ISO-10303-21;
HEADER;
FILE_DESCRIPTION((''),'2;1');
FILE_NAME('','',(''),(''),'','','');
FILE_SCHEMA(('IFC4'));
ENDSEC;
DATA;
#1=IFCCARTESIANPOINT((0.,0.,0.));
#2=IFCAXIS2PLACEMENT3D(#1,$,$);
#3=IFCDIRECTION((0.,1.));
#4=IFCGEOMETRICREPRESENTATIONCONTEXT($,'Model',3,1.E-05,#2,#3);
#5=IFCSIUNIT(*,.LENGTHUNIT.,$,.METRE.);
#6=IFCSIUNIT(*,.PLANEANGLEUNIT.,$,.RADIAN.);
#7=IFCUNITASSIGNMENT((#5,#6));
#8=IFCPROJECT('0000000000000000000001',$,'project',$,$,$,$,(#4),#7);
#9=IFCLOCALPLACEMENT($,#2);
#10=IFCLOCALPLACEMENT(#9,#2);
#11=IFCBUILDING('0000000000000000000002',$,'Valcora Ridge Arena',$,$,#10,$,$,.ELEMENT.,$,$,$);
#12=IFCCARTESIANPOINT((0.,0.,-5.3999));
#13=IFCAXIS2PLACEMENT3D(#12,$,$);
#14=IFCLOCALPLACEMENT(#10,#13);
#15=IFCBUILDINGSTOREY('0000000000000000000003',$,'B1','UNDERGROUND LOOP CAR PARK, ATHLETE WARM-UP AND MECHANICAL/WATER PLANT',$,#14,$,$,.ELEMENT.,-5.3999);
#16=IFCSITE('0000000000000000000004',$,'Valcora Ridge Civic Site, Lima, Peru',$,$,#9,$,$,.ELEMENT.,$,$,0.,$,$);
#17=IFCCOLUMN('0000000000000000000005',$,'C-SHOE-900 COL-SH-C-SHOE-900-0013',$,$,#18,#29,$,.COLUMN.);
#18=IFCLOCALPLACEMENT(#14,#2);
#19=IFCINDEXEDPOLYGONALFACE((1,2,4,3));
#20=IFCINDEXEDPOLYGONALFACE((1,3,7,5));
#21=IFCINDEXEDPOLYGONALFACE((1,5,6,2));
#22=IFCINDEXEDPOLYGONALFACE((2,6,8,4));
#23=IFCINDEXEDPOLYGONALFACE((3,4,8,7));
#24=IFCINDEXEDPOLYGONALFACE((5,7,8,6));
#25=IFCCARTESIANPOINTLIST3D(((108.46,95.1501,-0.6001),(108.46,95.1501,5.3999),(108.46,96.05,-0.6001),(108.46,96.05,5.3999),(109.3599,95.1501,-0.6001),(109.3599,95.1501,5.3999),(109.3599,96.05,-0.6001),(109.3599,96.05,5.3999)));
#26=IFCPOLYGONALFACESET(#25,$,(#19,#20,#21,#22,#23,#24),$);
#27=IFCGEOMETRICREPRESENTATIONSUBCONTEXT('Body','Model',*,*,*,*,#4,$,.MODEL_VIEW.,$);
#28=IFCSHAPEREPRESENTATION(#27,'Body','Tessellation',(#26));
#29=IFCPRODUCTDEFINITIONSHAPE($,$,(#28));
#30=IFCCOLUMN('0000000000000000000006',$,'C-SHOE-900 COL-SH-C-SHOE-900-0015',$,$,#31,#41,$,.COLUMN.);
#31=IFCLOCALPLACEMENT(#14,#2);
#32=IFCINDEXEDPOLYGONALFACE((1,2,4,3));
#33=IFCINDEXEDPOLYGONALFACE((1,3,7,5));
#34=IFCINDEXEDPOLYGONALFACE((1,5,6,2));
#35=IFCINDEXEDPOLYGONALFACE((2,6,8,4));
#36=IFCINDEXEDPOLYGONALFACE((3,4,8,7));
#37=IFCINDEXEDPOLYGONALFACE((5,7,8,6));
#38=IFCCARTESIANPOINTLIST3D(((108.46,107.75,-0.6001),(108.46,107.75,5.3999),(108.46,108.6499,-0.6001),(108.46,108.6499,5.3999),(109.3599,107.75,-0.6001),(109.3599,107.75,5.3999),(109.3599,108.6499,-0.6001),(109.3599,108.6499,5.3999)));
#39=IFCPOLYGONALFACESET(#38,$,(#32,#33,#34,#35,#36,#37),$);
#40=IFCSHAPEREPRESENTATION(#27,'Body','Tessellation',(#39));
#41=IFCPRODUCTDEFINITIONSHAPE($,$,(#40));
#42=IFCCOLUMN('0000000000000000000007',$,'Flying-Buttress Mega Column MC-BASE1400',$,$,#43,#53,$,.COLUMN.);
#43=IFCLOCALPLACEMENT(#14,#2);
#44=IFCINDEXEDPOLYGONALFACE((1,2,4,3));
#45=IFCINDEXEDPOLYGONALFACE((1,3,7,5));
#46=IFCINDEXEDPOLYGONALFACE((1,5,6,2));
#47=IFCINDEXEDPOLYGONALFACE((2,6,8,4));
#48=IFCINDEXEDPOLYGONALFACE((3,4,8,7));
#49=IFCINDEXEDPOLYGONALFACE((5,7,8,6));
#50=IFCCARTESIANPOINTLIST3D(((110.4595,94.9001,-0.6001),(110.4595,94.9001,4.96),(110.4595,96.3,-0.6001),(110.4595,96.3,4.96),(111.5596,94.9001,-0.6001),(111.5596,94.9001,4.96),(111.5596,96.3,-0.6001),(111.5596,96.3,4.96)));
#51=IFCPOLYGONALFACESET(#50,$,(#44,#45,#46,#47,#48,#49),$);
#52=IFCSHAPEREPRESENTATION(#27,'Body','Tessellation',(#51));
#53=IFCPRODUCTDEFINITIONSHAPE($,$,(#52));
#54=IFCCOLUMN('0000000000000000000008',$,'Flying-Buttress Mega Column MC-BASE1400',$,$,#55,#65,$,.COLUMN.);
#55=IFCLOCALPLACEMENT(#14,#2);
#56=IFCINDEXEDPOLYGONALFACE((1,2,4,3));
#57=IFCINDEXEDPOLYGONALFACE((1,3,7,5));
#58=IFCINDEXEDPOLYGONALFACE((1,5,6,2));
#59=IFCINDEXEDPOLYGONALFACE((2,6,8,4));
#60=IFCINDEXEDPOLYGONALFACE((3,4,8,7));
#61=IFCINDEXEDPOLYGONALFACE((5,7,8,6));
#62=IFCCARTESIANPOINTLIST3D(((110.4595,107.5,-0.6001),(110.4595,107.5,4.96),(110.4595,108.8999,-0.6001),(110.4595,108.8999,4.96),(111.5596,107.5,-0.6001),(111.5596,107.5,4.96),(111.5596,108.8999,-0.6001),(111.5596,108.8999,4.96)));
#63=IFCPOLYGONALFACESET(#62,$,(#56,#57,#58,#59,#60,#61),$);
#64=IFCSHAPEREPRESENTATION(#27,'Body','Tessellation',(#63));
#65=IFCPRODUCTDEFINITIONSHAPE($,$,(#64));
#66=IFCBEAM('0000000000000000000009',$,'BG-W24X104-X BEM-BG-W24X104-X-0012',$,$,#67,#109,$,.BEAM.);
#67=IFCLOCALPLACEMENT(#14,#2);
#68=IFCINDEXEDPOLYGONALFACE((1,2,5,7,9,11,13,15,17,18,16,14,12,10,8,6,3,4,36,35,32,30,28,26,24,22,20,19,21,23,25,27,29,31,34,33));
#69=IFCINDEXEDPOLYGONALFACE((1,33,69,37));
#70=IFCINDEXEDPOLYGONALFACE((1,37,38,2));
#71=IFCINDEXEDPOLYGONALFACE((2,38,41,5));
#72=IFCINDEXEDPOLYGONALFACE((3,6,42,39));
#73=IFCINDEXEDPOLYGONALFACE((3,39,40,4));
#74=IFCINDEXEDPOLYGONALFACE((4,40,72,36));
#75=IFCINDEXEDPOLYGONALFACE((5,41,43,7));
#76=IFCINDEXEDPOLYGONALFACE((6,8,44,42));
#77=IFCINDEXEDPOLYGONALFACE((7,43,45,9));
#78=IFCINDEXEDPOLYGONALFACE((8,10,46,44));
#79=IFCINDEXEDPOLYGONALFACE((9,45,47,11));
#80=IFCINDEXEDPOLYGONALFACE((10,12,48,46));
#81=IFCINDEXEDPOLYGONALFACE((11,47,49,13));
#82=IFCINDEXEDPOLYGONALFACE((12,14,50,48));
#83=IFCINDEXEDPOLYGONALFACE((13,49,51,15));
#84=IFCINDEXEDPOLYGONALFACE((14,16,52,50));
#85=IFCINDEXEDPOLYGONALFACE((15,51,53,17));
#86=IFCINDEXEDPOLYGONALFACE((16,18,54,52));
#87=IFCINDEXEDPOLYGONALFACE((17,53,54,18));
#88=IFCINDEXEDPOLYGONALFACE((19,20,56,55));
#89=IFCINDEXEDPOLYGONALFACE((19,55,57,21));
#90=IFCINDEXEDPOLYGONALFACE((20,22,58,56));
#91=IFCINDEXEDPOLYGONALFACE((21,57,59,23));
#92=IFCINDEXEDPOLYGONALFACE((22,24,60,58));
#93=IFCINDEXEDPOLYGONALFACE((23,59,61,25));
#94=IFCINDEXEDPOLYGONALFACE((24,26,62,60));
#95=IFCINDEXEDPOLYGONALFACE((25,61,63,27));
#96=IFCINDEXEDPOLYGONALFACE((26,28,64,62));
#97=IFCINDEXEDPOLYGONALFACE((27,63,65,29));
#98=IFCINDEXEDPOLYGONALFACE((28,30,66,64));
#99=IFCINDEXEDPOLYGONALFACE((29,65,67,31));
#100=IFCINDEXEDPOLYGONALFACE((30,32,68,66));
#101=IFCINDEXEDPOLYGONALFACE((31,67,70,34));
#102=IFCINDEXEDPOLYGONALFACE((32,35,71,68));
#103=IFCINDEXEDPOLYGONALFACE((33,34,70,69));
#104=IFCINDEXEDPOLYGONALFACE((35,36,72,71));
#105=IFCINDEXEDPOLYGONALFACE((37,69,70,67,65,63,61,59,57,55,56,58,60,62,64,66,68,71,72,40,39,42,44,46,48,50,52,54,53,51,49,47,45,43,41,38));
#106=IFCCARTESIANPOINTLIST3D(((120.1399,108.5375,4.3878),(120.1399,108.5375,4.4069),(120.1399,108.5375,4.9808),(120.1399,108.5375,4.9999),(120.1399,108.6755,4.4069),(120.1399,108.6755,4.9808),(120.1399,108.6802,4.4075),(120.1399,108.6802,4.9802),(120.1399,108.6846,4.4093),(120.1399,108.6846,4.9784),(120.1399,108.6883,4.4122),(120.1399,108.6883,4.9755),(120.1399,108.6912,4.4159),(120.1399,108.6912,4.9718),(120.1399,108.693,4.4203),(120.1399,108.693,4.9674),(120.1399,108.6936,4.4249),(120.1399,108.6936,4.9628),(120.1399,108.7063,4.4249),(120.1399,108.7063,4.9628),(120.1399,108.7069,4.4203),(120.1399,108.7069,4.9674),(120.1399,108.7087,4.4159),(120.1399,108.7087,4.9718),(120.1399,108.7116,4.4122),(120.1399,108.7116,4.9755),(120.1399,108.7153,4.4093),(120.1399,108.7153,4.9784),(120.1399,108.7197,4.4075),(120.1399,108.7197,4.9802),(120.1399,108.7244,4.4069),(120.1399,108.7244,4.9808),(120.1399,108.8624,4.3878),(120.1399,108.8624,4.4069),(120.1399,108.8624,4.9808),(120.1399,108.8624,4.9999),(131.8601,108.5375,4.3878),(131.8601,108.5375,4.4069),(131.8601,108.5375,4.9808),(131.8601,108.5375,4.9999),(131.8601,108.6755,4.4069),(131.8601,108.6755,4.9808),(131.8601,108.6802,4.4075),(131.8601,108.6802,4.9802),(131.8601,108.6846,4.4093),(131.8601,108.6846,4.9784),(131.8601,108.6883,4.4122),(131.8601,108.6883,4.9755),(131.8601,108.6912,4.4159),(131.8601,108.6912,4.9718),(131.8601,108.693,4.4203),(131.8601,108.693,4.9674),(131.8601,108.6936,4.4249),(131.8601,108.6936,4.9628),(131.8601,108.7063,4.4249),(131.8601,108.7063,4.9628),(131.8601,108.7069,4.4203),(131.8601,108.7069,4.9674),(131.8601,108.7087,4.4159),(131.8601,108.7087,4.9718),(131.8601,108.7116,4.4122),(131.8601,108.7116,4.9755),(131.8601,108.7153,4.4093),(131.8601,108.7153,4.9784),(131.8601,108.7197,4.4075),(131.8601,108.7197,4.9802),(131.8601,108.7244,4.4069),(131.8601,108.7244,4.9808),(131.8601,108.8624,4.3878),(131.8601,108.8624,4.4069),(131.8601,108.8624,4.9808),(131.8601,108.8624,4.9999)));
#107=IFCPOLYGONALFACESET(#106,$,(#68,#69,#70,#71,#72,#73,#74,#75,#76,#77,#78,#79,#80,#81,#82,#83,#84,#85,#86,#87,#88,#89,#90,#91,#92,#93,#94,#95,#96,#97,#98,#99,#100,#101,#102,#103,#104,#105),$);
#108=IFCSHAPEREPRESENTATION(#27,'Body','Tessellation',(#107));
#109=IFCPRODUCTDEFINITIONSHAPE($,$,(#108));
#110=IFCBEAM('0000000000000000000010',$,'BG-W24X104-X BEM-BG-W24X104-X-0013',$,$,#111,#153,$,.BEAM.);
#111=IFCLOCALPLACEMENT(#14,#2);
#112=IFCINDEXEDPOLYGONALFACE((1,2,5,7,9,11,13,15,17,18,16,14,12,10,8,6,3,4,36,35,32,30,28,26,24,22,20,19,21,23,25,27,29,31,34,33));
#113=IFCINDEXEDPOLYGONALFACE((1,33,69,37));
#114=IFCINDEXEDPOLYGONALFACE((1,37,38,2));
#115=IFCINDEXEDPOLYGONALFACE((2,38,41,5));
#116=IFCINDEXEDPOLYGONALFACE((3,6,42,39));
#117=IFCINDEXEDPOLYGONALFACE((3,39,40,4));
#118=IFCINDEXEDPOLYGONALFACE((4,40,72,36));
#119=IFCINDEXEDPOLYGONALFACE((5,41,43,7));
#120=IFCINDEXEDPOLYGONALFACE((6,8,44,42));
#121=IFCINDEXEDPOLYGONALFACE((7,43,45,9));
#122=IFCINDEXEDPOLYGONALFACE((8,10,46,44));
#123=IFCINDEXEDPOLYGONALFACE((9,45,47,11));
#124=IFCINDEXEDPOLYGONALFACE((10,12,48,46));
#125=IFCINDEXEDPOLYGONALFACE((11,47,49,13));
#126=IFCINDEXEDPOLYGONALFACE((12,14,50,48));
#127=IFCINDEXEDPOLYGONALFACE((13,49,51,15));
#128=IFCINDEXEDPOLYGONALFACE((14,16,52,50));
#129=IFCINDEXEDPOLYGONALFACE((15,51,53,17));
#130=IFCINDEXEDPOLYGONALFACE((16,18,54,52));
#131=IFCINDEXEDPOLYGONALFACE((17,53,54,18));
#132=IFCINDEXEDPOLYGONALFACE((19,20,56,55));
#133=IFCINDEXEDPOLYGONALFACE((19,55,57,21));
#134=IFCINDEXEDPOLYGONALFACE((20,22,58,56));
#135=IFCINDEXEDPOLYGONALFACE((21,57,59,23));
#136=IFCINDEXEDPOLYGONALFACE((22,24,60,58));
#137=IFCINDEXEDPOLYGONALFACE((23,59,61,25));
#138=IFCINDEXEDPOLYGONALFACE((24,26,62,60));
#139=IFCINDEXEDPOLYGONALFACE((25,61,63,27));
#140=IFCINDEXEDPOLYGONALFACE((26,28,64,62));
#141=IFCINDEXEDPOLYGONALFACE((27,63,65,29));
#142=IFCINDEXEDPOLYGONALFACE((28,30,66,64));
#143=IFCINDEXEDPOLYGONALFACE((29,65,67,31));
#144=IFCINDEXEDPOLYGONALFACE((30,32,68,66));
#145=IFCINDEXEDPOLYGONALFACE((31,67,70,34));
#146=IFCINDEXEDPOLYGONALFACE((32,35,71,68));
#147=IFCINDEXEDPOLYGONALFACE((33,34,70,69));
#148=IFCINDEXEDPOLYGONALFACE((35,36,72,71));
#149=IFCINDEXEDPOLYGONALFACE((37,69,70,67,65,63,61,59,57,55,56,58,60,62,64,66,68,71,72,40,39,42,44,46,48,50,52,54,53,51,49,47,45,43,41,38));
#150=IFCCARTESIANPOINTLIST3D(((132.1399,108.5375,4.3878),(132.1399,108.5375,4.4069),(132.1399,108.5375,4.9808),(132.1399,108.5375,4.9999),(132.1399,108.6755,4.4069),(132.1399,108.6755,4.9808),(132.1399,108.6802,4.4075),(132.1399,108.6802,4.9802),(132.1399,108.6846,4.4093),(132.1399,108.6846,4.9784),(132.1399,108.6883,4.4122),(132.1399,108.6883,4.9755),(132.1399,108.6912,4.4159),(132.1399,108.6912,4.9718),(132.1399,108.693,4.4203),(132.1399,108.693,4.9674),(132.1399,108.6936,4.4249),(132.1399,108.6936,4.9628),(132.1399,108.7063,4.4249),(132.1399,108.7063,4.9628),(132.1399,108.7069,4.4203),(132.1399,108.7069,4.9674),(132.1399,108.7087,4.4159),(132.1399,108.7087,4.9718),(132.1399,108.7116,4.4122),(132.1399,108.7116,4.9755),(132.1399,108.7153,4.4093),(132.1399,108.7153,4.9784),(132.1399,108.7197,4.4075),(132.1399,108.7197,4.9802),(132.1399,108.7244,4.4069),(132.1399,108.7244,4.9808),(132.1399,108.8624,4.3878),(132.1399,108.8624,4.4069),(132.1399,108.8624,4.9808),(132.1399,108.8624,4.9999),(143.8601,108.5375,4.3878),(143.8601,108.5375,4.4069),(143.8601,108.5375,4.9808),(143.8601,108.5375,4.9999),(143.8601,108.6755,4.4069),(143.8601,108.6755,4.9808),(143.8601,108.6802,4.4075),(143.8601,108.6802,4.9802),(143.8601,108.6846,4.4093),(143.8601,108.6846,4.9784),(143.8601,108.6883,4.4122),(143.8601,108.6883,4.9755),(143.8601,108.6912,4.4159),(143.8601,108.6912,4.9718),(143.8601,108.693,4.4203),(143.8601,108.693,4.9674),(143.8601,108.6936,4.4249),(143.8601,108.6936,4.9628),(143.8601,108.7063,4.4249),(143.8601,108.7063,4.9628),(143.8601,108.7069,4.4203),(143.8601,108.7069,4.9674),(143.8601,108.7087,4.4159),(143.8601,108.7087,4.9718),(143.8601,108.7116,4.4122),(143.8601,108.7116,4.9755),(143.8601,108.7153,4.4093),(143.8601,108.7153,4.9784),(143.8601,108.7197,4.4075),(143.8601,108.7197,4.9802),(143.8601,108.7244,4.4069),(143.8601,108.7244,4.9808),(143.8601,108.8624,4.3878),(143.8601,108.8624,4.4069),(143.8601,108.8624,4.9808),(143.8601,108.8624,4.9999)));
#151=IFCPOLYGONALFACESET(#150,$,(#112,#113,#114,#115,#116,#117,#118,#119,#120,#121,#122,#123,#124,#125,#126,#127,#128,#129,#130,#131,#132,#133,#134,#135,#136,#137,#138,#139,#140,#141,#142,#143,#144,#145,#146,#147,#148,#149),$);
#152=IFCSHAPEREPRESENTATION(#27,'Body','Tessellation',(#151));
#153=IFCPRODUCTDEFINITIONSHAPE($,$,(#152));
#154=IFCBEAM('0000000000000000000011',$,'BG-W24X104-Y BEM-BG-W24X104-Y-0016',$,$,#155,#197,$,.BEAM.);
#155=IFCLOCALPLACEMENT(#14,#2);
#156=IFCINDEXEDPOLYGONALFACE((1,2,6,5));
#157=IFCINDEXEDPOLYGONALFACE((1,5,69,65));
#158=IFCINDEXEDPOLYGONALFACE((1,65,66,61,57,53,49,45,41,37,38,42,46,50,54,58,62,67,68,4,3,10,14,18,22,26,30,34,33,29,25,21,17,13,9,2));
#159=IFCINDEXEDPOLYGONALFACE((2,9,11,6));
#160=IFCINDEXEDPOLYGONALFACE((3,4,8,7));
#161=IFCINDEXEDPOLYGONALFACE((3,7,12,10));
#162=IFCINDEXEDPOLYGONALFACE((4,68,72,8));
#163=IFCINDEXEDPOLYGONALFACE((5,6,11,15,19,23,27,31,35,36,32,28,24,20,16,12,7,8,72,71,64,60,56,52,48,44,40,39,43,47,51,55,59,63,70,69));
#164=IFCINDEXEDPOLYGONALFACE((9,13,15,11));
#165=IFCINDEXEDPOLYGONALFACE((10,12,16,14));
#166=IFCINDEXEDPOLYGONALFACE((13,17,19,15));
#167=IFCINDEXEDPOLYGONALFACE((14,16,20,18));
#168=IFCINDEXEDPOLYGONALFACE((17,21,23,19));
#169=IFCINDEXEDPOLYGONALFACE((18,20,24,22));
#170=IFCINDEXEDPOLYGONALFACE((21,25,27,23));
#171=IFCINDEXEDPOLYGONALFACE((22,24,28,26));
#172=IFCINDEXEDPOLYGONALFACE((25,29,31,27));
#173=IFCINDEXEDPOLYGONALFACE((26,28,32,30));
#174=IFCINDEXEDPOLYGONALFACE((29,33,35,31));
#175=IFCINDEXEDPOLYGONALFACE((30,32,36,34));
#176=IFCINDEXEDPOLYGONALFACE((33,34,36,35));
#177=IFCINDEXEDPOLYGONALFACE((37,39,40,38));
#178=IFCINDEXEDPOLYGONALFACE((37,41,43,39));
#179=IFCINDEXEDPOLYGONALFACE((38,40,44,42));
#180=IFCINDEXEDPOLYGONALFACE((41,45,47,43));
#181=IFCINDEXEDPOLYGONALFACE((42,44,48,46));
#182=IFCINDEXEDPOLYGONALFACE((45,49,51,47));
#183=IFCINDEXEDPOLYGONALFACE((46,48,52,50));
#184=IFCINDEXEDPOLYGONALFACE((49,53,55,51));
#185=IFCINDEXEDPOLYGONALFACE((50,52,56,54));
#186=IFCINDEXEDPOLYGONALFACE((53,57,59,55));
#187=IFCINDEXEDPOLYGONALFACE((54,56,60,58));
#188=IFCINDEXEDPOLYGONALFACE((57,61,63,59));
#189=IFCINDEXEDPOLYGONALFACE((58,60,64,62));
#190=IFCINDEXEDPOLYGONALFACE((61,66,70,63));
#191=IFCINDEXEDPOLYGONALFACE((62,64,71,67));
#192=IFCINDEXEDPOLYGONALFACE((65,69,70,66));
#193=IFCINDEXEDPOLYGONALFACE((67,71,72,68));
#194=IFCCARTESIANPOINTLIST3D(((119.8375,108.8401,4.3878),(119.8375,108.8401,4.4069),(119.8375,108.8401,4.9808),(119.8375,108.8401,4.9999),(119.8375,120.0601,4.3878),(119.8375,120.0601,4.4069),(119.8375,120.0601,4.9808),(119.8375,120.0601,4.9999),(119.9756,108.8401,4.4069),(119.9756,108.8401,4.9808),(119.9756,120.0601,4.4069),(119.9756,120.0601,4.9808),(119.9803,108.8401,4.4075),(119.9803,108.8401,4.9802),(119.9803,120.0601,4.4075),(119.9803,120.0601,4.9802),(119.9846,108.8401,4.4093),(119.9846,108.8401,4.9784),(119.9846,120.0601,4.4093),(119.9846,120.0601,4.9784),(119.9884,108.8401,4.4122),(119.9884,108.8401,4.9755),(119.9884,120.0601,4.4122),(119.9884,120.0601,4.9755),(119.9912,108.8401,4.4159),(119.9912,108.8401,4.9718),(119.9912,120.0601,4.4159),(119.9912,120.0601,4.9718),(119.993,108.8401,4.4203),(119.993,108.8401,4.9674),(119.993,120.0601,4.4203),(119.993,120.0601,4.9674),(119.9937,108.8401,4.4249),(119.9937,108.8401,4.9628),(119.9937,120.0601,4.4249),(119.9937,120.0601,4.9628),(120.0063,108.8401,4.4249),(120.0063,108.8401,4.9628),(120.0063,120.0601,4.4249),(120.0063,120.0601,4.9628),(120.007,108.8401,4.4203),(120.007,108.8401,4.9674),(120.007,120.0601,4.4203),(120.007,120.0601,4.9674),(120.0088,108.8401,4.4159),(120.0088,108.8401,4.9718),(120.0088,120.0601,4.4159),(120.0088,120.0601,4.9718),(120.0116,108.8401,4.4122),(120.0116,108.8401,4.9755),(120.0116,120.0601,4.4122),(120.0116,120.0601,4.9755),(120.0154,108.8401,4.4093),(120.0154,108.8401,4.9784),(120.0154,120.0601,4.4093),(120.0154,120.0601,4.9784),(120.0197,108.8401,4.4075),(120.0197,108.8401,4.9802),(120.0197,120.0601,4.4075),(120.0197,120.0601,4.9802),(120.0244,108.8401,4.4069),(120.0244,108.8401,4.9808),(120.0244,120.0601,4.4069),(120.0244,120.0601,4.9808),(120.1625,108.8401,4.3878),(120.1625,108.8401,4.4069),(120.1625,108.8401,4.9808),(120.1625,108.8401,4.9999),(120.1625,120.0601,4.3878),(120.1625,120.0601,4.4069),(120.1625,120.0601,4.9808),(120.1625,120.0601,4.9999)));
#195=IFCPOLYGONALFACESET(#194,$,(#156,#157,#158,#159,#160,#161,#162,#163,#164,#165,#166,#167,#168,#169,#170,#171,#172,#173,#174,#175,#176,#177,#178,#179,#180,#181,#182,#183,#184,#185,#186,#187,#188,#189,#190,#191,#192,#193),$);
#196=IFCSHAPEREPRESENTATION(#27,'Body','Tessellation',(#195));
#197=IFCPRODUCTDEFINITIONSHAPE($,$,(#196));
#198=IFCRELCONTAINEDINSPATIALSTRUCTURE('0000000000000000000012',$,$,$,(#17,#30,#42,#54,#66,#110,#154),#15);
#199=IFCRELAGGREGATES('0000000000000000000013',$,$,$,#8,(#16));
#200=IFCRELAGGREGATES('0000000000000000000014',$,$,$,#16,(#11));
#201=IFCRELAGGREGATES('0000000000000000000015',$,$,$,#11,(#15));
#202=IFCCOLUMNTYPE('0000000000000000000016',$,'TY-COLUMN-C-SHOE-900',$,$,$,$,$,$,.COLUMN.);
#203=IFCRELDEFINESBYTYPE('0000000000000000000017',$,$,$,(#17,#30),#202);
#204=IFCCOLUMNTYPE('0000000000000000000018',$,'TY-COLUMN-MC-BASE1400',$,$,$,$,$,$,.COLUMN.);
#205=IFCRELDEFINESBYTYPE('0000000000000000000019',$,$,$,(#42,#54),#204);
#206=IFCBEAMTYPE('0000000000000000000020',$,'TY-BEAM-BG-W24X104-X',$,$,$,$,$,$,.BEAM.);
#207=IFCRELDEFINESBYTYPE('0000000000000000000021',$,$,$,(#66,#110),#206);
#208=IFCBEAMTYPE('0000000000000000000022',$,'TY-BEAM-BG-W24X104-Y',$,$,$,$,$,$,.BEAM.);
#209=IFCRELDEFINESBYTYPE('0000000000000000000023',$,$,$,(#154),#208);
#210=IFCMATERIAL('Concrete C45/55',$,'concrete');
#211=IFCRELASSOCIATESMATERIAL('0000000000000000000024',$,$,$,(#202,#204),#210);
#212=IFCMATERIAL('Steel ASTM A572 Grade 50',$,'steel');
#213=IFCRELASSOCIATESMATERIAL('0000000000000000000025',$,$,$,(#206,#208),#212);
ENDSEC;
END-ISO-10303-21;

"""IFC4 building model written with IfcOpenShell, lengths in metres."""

from ifc_helpers import new_model, si_unit, direction, frame, origin, origin_2d, place, context, subcontext, project, spatial, rectangle, i_section, extrude, material, material_profile, profile_set, type_object, element, save


model = new_model("IFC4")

# Units and contexts
model_context = context("Model", 3, precision=1e-05, world=origin(), true_north=direction((0.0, 1.0)))
body_context = subcontext(model_context, "Body", "Model", "MODEL_VIEW")
ifc_project = project(units=[si_unit("LENGTHUNIT", "METRE"), si_unit("PLANEANGLEUNIT", "RADIAN")], contexts=[model_context])

# Site, building, storey
site_placement = place(None, origin())
site = spatial("IfcSite", under=ifc_project, at=site_placement, Name="Valcora Ridge Civic Site, Lima, Peru", CompositionType="ELEMENT", RefElevation=0.0)
building_placement = place(site_placement, origin())
building = spatial("IfcBuilding", under=site, at=building_placement, Name="Valcora Ridge Arena", CompositionType="ELEMENT")
storey_placement = place(building_placement, frame((0.0, 0.0, -5.3999)))
storey = spatial("IfcBuildingStorey", under=building, at=storey_placement, Name="B1", Description="UNDERGROUND LOOP CAR PARK, ATHLETE WARM-UP AND MECHANICAL/WATER PLANT", CompositionType="ELEMENT", Elevation=-5.3999)

# Columns
ifc_material_1 = material(Name="Concrete C45/55", Category="concrete")
ifc_material_profile_1 = material_profile(ifc_material_1, rectangle(XDim=0.8999, YDim=0.8999, at=origin_2d()), Name="RC 900x900")
ifc_profile_set_1 = profile_set([ifc_material_profile_1], Name="Concrete C45/55")
column_type_1 = type_object("IfcColumnType", Name="TY-COLUMN-C-SHOE-900", PredefinedType="COLUMN", material=ifc_profile_set_1)
for number, where, z_axis, x_axis, name in (
    (1, (108.9099, 95.6001, -0.6001), (0.0, 0.0, 1.0), (1.0, 0.0, 0.0), "C-SHOE-900 COL-SH-C-SHOE-900-0013"),
    (2, (108.9099, 108.2, -0.6001), (0.0, 0.0, 1.0), (1.0, 0.0, 0.0), "C-SHOE-900 COL-SH-C-SHOE-900-0015"),
):
    element("IfcColumn", number, at=place(storey_placement, frame(where, z_axis=z_axis, x_axis=x_axis)), inside=storey, type_object=column_type_1, Name=name, PredefinedType="COLUMN", context=body_context, shape_type="SweptSolid", body=[
        extrude(rectangle(XDim=0.8999, YDim=0.8999, at=origin_2d()), origin(), (0.0, 0.0, 1.0), 6.0),
    ])
ifc_material_profile_2 = material_profile(ifc_material_1, rectangle(XDim=1.1001, YDim=1.3999, at=origin_2d()), Name="RC 1100x1400")
ifc_profile_set_2 = profile_set([ifc_material_profile_2], Name="Concrete C45/55")
column_type_2 = type_object("IfcColumnType", Name="TY-COLUMN-MC-BASE1400", PredefinedType="COLUMN", material=ifc_profile_set_2)
for number, where, z_axis, x_axis, name in (
    (3, (111.0095, 95.6001, -0.6001), (0.0, 0.0, 1.0), (1.0, 0.0, 0.0), "Flying-Buttress Mega Column MC-BASE1400"),
    (4, (111.0095, 108.2, -0.6001), (0.0, 0.0, 1.0), (1.0, 0.0, 0.0), "Flying-Buttress Mega Column MC-BASE1400"),
):
    element("IfcColumn", number, at=place(storey_placement, frame(where, z_axis=z_axis, x_axis=x_axis)), inside=storey, type_object=column_type_2, Name=name, PredefinedType="COLUMN", context=body_context, shape_type="SweptSolid", body=[
        extrude(rectangle(XDim=1.1001, YDim=1.3999, at=origin_2d()), origin(), (0.0, 0.0, 1.0), 5.5601),
    ])

# Beams
ifc_material_2 = material(Name="Steel ASTM A572 Grade 50", Category="steel")
ifc_material_profile_3 = material_profile(ifc_material_2, i_section(OverallWidth=0.325, OverallDepth=0.6121, WebThickness=0.0127, FlangeThickness=0.019, FilletRadius=0.0181, at=origin_2d()), Name="W24X104")
ifc_profile_set_3 = profile_set([ifc_material_profile_3], Name="Steel ASTM A572 Grade 50")
beam_type_1 = type_object("IfcBeamType", Name="TY-BEAM-BG-W24X104-X", PredefinedType="BEAM", material=ifc_profile_set_3)
for number, where, z_axis, x_axis, name in (
    (5, (120.1399, 108.7, 4.6938), (1.0, 0.0, 0.0), (0.0, 1.0, 0.0), "BG-W24X104-X BEM-BG-W24X104-X-0012"),
    (6, (132.1399, 108.7, 4.6938), (1.0, 0.0, 0.0), (0.0, 1.0, 0.0), "BG-W24X104-X BEM-BG-W24X104-X-0013"),
):
    element("IfcBeam", number, at=place(storey_placement, frame(where, z_axis=z_axis, x_axis=x_axis)), inside=storey, type_object=beam_type_1, Name=name, PredefinedType="BEAM", context=body_context, shape_type="SweptSolid", body=[
        extrude(i_section(OverallWidth=0.325, OverallDepth=0.6121, WebThickness=0.0127, FlangeThickness=0.019, FilletRadius=0.0181, at=origin_2d()), origin(), (0.0, 0.0, 1.0), 11.7202),
    ])
ifc_material_profile_4 = material_profile(ifc_material_2, i_section(OverallWidth=0.325, OverallDepth=0.6121, WebThickness=0.0127, FlangeThickness=0.019, FilletRadius=0.0181, at=origin_2d()), Name="W24X104")
ifc_profile_set_4 = profile_set([ifc_material_profile_4], Name="Steel ASTM A572 Grade 50")
beam_type_2 = type_object("IfcBeamType", Name="TY-BEAM-BG-W24X104-Y", PredefinedType="BEAM", material=ifc_profile_set_4)
for number, where, z_axis, x_axis, name in (
    (7, (120.0, 108.8401, 4.6938), (0.0, 1.0, 0.0), (-1.0, 0.0, 0.0), "BG-W24X104-Y BEM-BG-W24X104-Y-0016"),
):
    element("IfcBeam", number, at=place(storey_placement, frame(where, z_axis=z_axis, x_axis=x_axis)), inside=storey, type_object=beam_type_2, Name=name, PredefinedType="BEAM", context=body_context, shape_type="SweptSolid", body=[
        extrude(i_section(OverallWidth=0.325, OverallDepth=0.6121, WebThickness=0.0127, FlangeThickness=0.019, FilletRadius=0.0181, at=origin_2d()), origin(), (0.0, 0.0, 1.0), 11.22),
    ])

save(model, "model.ifc")
